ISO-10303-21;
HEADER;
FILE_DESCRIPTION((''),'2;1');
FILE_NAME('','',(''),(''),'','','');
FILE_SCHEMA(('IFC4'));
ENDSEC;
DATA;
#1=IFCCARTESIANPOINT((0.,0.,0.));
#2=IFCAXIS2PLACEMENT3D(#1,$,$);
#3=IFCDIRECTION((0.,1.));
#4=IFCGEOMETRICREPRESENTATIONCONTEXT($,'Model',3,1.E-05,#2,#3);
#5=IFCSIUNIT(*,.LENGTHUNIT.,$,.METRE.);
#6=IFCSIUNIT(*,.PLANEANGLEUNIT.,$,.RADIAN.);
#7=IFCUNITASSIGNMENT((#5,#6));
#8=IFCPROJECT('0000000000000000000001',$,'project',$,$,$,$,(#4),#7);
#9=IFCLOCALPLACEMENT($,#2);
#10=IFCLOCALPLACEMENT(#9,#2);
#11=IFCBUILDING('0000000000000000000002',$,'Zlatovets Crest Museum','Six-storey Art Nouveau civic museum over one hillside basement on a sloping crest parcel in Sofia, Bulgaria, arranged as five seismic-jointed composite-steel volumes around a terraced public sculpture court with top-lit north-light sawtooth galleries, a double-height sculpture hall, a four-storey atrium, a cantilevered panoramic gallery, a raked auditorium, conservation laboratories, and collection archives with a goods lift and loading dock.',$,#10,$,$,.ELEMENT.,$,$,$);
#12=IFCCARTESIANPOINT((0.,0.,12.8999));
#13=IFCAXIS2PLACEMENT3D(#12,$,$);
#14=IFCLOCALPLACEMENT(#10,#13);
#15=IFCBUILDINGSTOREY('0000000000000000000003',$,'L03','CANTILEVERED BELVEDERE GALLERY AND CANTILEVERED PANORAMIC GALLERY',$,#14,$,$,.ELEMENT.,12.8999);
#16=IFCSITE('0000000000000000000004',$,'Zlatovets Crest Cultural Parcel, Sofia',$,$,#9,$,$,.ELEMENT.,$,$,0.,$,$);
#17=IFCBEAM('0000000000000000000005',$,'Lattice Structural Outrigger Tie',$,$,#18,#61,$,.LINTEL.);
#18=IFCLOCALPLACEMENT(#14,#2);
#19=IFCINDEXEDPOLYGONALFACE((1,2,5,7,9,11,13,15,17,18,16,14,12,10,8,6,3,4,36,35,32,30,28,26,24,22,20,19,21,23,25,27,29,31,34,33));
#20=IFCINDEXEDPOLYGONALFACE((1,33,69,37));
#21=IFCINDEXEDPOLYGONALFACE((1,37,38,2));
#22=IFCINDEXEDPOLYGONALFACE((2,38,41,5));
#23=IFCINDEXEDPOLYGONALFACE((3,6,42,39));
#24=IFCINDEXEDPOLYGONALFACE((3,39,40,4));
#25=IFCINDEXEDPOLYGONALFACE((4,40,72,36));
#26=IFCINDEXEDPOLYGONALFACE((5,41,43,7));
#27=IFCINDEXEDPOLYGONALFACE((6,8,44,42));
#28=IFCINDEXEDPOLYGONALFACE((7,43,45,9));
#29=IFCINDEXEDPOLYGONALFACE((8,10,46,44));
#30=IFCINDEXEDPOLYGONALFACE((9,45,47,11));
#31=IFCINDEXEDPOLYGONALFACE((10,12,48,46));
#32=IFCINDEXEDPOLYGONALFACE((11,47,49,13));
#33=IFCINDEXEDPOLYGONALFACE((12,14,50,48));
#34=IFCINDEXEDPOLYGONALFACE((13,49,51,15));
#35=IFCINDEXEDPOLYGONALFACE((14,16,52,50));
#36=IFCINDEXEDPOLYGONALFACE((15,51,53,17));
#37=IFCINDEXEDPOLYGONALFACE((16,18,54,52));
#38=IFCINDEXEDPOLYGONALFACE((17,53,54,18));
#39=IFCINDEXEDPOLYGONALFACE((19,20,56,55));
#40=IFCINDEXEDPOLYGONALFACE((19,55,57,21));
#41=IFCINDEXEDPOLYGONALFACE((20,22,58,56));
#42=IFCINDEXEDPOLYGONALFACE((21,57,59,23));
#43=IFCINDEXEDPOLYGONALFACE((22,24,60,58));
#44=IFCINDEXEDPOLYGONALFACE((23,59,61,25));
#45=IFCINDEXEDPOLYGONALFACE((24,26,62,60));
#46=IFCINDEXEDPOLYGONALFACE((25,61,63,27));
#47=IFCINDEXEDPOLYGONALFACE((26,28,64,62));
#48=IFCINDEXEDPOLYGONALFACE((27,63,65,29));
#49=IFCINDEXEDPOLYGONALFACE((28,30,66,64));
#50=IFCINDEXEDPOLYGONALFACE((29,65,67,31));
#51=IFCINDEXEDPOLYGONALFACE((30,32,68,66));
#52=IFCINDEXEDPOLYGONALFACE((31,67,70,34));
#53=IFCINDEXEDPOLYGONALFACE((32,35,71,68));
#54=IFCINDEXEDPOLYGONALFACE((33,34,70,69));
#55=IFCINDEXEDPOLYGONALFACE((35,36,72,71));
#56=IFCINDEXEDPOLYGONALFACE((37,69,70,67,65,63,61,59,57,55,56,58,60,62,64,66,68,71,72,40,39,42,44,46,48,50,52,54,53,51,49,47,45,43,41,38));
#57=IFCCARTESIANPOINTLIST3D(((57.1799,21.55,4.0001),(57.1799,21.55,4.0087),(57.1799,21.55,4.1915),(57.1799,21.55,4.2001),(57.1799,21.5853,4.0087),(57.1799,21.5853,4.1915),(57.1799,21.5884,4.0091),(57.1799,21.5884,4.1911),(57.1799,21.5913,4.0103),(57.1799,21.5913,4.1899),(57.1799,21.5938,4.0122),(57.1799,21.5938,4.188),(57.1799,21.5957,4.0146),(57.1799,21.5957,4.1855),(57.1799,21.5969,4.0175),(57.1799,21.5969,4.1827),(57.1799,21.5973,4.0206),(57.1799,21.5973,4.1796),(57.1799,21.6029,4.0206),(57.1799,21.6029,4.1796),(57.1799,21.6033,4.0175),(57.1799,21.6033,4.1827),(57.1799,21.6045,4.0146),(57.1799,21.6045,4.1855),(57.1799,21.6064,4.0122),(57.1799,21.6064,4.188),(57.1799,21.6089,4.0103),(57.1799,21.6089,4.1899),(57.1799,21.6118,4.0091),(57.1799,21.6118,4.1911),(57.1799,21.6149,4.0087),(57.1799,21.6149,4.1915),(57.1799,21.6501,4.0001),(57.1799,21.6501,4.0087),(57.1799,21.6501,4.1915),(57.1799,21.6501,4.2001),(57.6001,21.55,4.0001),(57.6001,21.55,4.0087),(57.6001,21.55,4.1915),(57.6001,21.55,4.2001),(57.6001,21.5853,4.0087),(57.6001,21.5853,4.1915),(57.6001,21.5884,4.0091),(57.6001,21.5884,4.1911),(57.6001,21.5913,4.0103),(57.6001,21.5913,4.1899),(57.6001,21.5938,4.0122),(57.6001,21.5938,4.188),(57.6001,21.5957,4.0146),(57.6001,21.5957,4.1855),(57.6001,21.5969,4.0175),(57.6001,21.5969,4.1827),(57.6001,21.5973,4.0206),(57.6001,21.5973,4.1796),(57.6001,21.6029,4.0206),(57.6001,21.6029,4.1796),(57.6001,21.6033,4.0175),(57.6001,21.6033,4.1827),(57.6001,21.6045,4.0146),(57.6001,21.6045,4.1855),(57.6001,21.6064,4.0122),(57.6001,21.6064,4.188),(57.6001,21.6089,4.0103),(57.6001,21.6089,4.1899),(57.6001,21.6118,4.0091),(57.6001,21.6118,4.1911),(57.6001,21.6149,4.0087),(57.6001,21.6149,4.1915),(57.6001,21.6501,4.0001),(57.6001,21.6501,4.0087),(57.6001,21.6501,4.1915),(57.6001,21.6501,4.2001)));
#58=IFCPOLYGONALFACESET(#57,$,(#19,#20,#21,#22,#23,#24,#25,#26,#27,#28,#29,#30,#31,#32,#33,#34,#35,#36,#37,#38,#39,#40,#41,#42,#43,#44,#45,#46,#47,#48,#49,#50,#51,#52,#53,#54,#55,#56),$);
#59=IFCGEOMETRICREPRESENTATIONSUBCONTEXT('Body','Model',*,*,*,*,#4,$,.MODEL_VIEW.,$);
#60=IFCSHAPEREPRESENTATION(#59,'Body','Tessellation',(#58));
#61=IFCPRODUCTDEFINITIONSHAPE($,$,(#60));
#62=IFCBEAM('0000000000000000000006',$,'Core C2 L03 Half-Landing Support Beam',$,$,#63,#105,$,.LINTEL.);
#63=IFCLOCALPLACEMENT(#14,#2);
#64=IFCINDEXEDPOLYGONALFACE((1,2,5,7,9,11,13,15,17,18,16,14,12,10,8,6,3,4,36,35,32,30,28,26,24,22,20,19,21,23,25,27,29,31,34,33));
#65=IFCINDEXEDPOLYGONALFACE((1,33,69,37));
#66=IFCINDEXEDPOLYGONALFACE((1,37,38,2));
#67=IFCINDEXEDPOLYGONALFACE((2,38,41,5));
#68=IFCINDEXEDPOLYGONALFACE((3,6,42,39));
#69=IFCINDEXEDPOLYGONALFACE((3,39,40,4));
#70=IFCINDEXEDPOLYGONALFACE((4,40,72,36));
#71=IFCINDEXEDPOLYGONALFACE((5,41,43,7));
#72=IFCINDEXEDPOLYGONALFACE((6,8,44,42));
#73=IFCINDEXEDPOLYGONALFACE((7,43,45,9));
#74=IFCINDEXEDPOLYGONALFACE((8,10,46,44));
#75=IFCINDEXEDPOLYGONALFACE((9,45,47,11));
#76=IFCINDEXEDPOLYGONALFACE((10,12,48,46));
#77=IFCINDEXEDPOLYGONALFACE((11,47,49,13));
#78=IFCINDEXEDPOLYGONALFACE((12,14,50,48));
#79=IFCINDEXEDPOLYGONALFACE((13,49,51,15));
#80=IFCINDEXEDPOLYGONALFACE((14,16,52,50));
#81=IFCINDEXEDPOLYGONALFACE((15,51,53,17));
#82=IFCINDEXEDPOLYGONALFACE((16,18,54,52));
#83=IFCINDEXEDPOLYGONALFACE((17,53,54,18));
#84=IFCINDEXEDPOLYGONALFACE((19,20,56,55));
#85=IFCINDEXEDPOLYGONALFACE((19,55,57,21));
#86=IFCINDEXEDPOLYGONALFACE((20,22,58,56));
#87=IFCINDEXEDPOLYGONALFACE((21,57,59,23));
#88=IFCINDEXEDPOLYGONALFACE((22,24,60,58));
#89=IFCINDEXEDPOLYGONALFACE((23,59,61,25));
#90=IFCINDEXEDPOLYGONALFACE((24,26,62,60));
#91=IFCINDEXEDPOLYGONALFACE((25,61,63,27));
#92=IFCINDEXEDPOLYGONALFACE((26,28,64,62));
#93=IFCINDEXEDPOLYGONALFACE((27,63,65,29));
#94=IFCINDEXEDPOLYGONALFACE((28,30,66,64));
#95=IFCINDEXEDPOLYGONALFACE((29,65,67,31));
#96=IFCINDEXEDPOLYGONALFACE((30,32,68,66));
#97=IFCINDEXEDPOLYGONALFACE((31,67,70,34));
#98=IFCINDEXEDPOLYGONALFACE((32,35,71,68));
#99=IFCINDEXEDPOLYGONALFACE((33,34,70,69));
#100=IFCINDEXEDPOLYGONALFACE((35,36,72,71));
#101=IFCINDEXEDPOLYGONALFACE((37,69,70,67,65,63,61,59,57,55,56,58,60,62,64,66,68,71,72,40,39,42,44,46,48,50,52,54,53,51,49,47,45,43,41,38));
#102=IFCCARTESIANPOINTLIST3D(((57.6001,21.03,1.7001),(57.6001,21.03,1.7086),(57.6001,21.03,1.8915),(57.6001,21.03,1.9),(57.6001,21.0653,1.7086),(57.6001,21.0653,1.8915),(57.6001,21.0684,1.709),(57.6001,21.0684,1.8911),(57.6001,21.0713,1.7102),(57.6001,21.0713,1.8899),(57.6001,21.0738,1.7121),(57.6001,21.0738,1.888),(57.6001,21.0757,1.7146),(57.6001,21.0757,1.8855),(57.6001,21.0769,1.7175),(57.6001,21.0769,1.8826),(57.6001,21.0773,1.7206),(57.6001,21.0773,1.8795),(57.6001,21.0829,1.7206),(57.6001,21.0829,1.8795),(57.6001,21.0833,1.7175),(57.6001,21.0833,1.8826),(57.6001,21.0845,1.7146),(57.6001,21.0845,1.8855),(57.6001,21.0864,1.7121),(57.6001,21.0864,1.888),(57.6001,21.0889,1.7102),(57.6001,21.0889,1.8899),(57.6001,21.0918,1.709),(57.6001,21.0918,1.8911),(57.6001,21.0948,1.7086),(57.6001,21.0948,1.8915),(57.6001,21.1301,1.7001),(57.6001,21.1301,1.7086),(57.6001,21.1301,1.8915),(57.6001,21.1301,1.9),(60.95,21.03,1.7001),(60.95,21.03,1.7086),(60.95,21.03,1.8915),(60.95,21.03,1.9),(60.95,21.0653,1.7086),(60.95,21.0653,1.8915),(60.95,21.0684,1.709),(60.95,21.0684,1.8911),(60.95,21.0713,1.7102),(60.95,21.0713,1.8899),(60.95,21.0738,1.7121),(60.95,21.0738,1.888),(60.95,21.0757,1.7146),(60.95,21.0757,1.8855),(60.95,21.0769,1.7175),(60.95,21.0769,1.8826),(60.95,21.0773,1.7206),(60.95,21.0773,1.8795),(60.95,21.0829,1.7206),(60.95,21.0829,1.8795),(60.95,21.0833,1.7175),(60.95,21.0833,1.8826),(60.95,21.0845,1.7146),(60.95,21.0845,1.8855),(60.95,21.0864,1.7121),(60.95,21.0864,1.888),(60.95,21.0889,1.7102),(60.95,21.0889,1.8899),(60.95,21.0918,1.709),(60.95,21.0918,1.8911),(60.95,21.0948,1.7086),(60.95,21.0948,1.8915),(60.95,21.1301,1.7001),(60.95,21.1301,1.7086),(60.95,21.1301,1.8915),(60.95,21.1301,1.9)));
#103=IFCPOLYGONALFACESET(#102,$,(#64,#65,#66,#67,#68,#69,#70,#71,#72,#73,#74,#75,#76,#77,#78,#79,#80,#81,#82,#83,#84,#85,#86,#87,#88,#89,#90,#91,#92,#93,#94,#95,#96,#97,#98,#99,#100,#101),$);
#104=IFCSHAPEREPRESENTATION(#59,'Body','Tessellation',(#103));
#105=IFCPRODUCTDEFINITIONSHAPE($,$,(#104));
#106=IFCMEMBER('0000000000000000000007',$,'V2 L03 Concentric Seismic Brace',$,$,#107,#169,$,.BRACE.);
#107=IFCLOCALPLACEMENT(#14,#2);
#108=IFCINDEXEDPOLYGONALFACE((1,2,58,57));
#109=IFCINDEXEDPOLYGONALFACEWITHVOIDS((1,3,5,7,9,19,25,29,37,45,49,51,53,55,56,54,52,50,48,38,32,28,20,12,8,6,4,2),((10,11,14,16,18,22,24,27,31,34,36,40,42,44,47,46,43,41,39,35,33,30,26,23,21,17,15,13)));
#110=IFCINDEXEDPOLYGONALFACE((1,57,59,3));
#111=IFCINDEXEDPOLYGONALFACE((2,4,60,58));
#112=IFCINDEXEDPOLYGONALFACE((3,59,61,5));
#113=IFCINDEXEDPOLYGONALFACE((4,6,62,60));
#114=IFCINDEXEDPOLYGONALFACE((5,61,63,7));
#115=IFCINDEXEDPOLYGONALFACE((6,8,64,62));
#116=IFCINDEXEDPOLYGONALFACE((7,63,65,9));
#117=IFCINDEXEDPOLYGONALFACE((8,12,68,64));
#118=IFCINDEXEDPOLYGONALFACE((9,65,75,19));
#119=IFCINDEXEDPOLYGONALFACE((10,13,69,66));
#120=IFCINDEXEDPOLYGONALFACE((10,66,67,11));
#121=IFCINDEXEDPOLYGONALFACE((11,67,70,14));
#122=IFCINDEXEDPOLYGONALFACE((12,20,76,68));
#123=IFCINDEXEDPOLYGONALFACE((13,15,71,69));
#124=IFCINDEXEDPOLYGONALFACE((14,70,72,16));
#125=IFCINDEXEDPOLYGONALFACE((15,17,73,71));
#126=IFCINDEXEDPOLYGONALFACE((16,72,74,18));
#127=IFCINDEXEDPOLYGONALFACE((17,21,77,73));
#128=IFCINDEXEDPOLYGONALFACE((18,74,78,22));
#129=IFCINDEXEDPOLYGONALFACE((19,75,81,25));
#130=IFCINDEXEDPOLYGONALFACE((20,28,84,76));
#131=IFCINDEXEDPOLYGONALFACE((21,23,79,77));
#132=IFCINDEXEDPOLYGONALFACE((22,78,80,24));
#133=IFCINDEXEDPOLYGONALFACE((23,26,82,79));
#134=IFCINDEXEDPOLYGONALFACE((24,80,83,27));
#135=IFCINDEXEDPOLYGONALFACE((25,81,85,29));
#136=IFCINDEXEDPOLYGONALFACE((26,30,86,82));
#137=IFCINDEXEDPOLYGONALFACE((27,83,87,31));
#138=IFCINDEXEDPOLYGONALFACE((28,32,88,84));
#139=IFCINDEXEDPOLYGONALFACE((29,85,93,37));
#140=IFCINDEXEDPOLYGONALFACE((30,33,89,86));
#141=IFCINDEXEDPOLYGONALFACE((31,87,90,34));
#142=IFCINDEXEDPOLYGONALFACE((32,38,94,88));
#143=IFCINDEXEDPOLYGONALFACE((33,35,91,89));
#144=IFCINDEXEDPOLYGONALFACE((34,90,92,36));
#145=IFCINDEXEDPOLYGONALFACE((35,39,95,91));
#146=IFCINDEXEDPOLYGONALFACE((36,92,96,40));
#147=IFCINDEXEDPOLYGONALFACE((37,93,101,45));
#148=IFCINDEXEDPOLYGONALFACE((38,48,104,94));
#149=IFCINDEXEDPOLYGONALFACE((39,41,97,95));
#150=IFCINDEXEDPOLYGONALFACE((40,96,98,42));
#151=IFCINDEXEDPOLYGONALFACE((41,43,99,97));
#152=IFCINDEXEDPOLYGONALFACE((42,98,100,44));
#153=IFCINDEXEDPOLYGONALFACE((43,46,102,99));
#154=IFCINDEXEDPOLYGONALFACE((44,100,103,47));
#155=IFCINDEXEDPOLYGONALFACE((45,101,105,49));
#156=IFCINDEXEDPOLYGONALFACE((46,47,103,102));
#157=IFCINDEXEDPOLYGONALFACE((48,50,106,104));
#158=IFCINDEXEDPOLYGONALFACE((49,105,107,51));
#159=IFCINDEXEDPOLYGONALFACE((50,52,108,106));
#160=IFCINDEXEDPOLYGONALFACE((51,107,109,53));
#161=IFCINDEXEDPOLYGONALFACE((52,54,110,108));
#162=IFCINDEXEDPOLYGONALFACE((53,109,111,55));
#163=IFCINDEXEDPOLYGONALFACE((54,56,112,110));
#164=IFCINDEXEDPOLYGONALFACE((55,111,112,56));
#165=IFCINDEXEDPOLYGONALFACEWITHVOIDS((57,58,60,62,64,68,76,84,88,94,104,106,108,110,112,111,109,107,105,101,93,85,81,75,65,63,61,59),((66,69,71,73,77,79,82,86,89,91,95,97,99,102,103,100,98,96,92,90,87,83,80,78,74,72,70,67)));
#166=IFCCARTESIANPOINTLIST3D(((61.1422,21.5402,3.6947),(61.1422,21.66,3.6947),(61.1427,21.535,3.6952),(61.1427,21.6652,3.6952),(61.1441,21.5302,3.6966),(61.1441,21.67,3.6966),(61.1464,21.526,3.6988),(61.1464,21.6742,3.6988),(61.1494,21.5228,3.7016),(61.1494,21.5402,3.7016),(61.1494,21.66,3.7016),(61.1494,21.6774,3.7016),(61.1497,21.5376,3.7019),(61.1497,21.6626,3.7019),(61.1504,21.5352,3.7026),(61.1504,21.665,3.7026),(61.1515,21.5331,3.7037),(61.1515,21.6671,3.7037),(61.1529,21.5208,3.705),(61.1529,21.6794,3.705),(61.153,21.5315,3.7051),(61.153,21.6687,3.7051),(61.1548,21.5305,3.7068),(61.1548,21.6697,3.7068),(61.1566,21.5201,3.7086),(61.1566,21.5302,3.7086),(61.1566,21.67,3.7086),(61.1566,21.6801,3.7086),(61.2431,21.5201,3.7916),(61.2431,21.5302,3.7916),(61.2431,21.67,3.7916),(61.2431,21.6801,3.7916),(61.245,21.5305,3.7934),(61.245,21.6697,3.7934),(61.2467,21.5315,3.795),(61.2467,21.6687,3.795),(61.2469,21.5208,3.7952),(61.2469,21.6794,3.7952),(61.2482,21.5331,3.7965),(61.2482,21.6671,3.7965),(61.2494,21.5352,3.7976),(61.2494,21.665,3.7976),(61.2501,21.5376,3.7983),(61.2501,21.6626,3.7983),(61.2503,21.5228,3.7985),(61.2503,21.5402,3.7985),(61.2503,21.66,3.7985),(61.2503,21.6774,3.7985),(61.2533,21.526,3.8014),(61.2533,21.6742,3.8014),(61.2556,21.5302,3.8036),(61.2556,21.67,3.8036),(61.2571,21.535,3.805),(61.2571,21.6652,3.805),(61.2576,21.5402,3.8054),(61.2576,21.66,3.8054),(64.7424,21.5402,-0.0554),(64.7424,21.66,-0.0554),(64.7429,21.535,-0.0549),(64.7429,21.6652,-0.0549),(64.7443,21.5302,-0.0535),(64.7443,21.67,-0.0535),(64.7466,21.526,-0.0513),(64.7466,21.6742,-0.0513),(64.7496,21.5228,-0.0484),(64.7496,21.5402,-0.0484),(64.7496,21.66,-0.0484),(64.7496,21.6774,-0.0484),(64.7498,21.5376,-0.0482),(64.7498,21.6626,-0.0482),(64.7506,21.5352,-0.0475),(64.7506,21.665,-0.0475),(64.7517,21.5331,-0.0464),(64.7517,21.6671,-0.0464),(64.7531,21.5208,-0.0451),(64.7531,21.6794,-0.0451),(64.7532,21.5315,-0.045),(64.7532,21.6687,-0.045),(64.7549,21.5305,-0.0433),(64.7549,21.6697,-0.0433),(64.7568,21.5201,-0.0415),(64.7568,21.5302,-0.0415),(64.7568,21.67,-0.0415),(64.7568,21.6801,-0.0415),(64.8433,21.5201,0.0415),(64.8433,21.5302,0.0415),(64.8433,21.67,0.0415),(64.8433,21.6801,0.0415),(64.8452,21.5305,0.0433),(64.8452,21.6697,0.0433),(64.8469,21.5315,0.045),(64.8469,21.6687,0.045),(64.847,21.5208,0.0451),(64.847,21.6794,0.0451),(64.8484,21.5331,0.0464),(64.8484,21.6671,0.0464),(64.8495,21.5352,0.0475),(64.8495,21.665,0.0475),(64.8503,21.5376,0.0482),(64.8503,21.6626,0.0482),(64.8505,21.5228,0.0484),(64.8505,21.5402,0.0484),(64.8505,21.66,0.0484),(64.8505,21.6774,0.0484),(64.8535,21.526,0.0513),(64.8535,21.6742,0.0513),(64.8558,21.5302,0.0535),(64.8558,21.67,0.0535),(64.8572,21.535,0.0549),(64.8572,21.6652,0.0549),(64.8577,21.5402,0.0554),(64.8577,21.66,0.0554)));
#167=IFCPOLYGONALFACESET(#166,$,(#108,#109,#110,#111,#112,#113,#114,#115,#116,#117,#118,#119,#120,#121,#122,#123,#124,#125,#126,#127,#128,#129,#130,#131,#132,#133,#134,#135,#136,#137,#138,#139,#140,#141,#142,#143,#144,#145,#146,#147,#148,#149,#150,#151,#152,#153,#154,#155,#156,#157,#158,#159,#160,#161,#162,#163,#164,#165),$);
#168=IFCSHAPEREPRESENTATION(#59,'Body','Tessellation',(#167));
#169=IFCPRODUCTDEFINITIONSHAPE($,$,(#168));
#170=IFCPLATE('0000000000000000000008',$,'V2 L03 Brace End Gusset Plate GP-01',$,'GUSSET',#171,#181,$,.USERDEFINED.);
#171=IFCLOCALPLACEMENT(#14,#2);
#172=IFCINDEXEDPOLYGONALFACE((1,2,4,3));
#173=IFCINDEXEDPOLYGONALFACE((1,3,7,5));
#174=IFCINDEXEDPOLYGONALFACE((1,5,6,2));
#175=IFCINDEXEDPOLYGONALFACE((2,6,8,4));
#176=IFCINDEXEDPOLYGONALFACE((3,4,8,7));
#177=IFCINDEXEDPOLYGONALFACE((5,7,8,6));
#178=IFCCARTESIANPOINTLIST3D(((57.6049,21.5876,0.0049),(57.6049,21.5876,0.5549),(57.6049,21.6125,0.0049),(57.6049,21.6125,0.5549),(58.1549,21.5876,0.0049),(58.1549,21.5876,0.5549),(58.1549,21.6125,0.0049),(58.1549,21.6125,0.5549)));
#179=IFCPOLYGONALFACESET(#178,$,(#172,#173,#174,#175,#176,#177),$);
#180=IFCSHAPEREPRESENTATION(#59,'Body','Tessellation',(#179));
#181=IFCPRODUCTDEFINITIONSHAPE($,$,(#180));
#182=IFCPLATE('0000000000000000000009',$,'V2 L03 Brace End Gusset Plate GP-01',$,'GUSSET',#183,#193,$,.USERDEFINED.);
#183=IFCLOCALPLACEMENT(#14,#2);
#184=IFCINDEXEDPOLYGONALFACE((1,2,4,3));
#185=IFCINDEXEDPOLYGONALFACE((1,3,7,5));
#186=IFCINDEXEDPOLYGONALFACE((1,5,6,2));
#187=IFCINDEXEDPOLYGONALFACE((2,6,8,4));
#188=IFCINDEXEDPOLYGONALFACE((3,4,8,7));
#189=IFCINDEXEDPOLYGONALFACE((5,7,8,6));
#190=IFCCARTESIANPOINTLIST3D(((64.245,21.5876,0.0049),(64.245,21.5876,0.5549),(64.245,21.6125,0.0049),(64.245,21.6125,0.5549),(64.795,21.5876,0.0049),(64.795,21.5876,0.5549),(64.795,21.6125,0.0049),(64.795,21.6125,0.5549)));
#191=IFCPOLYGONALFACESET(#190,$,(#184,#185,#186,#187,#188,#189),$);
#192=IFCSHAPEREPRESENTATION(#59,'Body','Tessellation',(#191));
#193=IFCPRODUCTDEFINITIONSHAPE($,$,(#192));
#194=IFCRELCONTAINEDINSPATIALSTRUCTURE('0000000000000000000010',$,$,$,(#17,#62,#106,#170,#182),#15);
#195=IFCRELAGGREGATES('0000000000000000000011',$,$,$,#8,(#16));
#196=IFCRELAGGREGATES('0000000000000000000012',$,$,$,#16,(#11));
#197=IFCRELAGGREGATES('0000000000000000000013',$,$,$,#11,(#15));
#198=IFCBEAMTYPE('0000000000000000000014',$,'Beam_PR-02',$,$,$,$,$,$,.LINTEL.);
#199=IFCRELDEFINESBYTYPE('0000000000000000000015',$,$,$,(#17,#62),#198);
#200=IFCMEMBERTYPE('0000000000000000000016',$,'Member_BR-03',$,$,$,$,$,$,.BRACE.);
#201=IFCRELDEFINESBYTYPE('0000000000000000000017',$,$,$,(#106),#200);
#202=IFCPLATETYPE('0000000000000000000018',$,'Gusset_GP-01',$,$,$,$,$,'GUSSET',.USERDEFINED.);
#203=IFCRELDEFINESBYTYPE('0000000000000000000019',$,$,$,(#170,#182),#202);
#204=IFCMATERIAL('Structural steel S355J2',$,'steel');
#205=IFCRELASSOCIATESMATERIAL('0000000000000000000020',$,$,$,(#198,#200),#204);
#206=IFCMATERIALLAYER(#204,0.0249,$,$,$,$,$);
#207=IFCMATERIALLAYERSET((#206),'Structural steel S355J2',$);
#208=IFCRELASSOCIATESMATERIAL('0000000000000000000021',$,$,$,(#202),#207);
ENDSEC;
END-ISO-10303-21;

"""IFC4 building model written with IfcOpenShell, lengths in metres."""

from ifc_helpers import new_model, si_unit, direction, frame, origin, origin_2d, place, context, subcontext, project, spatial, rectangle, hollow_rectangle, i_section, extrude, material, layer, layer_set, material_profile, profile_set, type_object, element, save


model = new_model("IFC4")

# Units and contexts
model_context = context("Model", 3, precision=1e-05, world=origin(), true_north=direction((0.0, 1.0)))
body_context = subcontext(model_context, "Body", "Model", "MODEL_VIEW")
ifc_project = project(units=[si_unit("LENGTHUNIT", "METRE"), si_unit("PLANEANGLEUNIT", "RADIAN")], contexts=[model_context])

# Site, building, storey
site_placement = place(None, origin())
site = spatial("IfcSite", under=ifc_project, at=site_placement, Name="Zlatovets Crest Cultural Parcel, Sofia", CompositionType="ELEMENT", RefElevation=0.0)
building_placement = place(site_placement, origin())
building = spatial("IfcBuilding", under=site, at=building_placement, Name="Zlatovets Crest Museum", Description="Six-storey Art Nouveau civic museum over one hillside basement on a sloping crest parcel in Sofia, Bulgaria, arranged as five seismic-jointed composite-steel volumes around a terraced public sculpture court with top-lit north-light sawtooth galleries, a double-height sculpture hall, a four-storey atrium, a cantilevered panoramic gallery, a raked auditorium, conservation laboratories, and collection archives with a goods lift and loading dock.", CompositionType="ELEMENT")
storey_placement = place(building_placement, frame((0.0, 0.0, 12.8999)))
storey = spatial("IfcBuildingStorey", under=building, at=storey_placement, Name="L03", Description="CANTILEVERED BELVEDERE GALLERY AND CANTILEVERED PANORAMIC GALLERY", CompositionType="ELEMENT", Elevation=12.8999)

# Shared definitions
ifc_material_1 = material(Name="Structural steel S355J2", Category="steel")

# Beams
ifc_material_profile_1 = material_profile(ifc_material_1, i_section(OverallWidth=0.1001, OverallDepth=0.2, WebThickness=0.0056, FlangeThickness=0.0085, FilletRadius=0.012, at=origin_2d()), Name="IPE 200")
ifc_profile_set_1 = profile_set([ifc_material_profile_1], Name="Structural steel S355J2")
beam_type_1 = type_object("IfcBeamType", Name="Beam_PR-02", PredefinedType="LINTEL", material=ifc_profile_set_1)
for number, where, z_axis, x_axis, name in (
    (1, (57.6001, 21.6001, 4.1001), (-1.0, 0.0, 0.0), (0.0, -1.0, 0.0), "Lattice Structural Outrigger Tie"),
):
    element("IfcBeam", number, at=place(storey_placement, frame(where, z_axis=z_axis, x_axis=x_axis)), inside=storey, type_object=beam_type_1, Name=name, PredefinedType="LINTEL", context=body_context, shape_type="SweptSolid", body=[
        extrude(i_section(OverallWidth=0.1001, OverallDepth=0.2, WebThickness=0.0056, FlangeThickness=0.0085, FilletRadius=0.012, at=origin_2d()), origin(), (0.0, 0.0, 1.0), 0.4202),
    ])
beam_1_placement = place(storey_placement, frame((57.6001, 21.0801, 1.8), z_axis=(1.0, 0.0, 0.0), x_axis=(0.0, 1.0, 0.0)))
element("IfcBeam", 2, at=beam_1_placement, inside=storey, type_object=beam_type_1, Name="Core C2 L03 Half-Landing Support Beam", PredefinedType="LINTEL", context=body_context, shape_type="SweptSolid", body=[
    extrude(i_section(OverallWidth=0.1001, OverallDepth=0.2, WebThickness=0.0056, FlangeThickness=0.0085, FilletRadius=0.012, at=origin_2d()), origin(), (0.0, 0.0, 1.0), 3.3499),
])

# Member
ifc_material_profile_2 = material_profile(ifc_material_1, hollow_rectangle(XDim=0.1599, YDim=0.1599, WallThickness=0.01, InnerFilletRadius=0.01, OuterFilletRadius=0.02, at=origin_2d()), Name="SHS 160x160x10.0")
ifc_profile_set_2 = profile_set([ifc_material_profile_2], Name="Structural steel S355J2")
member_type = type_object("IfcMemberType", Name="Member_BR-03", PredefinedType="BRACE", material=ifc_profile_set_2)
member_placement = place(storey_placement, frame((64.8, 21.6001, 0.0), z_axis=(-0.692542, 0.0, 0.721378), x_axis=(0.0, -1.0, 0.0)))
element("IfcMember", 3, at=member_placement, inside=storey, type_object=member_type, Name="V2 L03 Concentric Seismic Brace", PredefinedType="BRACE", context=body_context, shape_type="SweptSolid", body=[
    extrude(hollow_rectangle(XDim=0.1599, YDim=0.1599, WallThickness=0.01, InnerFilletRadius=0.01, OuterFilletRadius=0.02, at=origin_2d()), origin(), (0.0, 0.0, 1.0), 5.1985),
])

# Plates
ifc_layer_1 = layer(ifc_material_1, 0.0249)
ifc_layer_set_1 = layer_set([ifc_layer_1], Name="Structural steel S355J2")
plate_type = type_object("IfcPlateType", Name="Gusset_GP-01", ElementType="GUSSET", PredefinedType="USERDEFINED", material=ifc_layer_set_1)
for number, where, z_axis, x_axis, name in (
    (4, (57.8799, 21.6001, 0.0049), (0.0, 0.0, 1.0), (1.0, 0.0, 0.0), "V2 L03 Brace End Gusset Plate GP-01"),
    (5, (64.52, 21.6001, 0.0049), (0.0, 0.0, 1.0), (1.0, 0.0, 0.0), "V2 L03 Brace End Gusset Plate GP-01"),
):
    element("IfcPlate", number, at=place(storey_placement, frame(where, z_axis=z_axis, x_axis=x_axis)), inside=storey, type_object=plate_type, Name=name, ObjectType="GUSSET", PredefinedType="USERDEFINED", context=body_context, shape_type="SweptSolid", body=[
        extrude(rectangle(XDim=0.55, YDim=0.0249, at=origin_2d()), origin(), (0.0, 0.0, 1.0), 0.55),
    ])

save(model, "model.ifc")
